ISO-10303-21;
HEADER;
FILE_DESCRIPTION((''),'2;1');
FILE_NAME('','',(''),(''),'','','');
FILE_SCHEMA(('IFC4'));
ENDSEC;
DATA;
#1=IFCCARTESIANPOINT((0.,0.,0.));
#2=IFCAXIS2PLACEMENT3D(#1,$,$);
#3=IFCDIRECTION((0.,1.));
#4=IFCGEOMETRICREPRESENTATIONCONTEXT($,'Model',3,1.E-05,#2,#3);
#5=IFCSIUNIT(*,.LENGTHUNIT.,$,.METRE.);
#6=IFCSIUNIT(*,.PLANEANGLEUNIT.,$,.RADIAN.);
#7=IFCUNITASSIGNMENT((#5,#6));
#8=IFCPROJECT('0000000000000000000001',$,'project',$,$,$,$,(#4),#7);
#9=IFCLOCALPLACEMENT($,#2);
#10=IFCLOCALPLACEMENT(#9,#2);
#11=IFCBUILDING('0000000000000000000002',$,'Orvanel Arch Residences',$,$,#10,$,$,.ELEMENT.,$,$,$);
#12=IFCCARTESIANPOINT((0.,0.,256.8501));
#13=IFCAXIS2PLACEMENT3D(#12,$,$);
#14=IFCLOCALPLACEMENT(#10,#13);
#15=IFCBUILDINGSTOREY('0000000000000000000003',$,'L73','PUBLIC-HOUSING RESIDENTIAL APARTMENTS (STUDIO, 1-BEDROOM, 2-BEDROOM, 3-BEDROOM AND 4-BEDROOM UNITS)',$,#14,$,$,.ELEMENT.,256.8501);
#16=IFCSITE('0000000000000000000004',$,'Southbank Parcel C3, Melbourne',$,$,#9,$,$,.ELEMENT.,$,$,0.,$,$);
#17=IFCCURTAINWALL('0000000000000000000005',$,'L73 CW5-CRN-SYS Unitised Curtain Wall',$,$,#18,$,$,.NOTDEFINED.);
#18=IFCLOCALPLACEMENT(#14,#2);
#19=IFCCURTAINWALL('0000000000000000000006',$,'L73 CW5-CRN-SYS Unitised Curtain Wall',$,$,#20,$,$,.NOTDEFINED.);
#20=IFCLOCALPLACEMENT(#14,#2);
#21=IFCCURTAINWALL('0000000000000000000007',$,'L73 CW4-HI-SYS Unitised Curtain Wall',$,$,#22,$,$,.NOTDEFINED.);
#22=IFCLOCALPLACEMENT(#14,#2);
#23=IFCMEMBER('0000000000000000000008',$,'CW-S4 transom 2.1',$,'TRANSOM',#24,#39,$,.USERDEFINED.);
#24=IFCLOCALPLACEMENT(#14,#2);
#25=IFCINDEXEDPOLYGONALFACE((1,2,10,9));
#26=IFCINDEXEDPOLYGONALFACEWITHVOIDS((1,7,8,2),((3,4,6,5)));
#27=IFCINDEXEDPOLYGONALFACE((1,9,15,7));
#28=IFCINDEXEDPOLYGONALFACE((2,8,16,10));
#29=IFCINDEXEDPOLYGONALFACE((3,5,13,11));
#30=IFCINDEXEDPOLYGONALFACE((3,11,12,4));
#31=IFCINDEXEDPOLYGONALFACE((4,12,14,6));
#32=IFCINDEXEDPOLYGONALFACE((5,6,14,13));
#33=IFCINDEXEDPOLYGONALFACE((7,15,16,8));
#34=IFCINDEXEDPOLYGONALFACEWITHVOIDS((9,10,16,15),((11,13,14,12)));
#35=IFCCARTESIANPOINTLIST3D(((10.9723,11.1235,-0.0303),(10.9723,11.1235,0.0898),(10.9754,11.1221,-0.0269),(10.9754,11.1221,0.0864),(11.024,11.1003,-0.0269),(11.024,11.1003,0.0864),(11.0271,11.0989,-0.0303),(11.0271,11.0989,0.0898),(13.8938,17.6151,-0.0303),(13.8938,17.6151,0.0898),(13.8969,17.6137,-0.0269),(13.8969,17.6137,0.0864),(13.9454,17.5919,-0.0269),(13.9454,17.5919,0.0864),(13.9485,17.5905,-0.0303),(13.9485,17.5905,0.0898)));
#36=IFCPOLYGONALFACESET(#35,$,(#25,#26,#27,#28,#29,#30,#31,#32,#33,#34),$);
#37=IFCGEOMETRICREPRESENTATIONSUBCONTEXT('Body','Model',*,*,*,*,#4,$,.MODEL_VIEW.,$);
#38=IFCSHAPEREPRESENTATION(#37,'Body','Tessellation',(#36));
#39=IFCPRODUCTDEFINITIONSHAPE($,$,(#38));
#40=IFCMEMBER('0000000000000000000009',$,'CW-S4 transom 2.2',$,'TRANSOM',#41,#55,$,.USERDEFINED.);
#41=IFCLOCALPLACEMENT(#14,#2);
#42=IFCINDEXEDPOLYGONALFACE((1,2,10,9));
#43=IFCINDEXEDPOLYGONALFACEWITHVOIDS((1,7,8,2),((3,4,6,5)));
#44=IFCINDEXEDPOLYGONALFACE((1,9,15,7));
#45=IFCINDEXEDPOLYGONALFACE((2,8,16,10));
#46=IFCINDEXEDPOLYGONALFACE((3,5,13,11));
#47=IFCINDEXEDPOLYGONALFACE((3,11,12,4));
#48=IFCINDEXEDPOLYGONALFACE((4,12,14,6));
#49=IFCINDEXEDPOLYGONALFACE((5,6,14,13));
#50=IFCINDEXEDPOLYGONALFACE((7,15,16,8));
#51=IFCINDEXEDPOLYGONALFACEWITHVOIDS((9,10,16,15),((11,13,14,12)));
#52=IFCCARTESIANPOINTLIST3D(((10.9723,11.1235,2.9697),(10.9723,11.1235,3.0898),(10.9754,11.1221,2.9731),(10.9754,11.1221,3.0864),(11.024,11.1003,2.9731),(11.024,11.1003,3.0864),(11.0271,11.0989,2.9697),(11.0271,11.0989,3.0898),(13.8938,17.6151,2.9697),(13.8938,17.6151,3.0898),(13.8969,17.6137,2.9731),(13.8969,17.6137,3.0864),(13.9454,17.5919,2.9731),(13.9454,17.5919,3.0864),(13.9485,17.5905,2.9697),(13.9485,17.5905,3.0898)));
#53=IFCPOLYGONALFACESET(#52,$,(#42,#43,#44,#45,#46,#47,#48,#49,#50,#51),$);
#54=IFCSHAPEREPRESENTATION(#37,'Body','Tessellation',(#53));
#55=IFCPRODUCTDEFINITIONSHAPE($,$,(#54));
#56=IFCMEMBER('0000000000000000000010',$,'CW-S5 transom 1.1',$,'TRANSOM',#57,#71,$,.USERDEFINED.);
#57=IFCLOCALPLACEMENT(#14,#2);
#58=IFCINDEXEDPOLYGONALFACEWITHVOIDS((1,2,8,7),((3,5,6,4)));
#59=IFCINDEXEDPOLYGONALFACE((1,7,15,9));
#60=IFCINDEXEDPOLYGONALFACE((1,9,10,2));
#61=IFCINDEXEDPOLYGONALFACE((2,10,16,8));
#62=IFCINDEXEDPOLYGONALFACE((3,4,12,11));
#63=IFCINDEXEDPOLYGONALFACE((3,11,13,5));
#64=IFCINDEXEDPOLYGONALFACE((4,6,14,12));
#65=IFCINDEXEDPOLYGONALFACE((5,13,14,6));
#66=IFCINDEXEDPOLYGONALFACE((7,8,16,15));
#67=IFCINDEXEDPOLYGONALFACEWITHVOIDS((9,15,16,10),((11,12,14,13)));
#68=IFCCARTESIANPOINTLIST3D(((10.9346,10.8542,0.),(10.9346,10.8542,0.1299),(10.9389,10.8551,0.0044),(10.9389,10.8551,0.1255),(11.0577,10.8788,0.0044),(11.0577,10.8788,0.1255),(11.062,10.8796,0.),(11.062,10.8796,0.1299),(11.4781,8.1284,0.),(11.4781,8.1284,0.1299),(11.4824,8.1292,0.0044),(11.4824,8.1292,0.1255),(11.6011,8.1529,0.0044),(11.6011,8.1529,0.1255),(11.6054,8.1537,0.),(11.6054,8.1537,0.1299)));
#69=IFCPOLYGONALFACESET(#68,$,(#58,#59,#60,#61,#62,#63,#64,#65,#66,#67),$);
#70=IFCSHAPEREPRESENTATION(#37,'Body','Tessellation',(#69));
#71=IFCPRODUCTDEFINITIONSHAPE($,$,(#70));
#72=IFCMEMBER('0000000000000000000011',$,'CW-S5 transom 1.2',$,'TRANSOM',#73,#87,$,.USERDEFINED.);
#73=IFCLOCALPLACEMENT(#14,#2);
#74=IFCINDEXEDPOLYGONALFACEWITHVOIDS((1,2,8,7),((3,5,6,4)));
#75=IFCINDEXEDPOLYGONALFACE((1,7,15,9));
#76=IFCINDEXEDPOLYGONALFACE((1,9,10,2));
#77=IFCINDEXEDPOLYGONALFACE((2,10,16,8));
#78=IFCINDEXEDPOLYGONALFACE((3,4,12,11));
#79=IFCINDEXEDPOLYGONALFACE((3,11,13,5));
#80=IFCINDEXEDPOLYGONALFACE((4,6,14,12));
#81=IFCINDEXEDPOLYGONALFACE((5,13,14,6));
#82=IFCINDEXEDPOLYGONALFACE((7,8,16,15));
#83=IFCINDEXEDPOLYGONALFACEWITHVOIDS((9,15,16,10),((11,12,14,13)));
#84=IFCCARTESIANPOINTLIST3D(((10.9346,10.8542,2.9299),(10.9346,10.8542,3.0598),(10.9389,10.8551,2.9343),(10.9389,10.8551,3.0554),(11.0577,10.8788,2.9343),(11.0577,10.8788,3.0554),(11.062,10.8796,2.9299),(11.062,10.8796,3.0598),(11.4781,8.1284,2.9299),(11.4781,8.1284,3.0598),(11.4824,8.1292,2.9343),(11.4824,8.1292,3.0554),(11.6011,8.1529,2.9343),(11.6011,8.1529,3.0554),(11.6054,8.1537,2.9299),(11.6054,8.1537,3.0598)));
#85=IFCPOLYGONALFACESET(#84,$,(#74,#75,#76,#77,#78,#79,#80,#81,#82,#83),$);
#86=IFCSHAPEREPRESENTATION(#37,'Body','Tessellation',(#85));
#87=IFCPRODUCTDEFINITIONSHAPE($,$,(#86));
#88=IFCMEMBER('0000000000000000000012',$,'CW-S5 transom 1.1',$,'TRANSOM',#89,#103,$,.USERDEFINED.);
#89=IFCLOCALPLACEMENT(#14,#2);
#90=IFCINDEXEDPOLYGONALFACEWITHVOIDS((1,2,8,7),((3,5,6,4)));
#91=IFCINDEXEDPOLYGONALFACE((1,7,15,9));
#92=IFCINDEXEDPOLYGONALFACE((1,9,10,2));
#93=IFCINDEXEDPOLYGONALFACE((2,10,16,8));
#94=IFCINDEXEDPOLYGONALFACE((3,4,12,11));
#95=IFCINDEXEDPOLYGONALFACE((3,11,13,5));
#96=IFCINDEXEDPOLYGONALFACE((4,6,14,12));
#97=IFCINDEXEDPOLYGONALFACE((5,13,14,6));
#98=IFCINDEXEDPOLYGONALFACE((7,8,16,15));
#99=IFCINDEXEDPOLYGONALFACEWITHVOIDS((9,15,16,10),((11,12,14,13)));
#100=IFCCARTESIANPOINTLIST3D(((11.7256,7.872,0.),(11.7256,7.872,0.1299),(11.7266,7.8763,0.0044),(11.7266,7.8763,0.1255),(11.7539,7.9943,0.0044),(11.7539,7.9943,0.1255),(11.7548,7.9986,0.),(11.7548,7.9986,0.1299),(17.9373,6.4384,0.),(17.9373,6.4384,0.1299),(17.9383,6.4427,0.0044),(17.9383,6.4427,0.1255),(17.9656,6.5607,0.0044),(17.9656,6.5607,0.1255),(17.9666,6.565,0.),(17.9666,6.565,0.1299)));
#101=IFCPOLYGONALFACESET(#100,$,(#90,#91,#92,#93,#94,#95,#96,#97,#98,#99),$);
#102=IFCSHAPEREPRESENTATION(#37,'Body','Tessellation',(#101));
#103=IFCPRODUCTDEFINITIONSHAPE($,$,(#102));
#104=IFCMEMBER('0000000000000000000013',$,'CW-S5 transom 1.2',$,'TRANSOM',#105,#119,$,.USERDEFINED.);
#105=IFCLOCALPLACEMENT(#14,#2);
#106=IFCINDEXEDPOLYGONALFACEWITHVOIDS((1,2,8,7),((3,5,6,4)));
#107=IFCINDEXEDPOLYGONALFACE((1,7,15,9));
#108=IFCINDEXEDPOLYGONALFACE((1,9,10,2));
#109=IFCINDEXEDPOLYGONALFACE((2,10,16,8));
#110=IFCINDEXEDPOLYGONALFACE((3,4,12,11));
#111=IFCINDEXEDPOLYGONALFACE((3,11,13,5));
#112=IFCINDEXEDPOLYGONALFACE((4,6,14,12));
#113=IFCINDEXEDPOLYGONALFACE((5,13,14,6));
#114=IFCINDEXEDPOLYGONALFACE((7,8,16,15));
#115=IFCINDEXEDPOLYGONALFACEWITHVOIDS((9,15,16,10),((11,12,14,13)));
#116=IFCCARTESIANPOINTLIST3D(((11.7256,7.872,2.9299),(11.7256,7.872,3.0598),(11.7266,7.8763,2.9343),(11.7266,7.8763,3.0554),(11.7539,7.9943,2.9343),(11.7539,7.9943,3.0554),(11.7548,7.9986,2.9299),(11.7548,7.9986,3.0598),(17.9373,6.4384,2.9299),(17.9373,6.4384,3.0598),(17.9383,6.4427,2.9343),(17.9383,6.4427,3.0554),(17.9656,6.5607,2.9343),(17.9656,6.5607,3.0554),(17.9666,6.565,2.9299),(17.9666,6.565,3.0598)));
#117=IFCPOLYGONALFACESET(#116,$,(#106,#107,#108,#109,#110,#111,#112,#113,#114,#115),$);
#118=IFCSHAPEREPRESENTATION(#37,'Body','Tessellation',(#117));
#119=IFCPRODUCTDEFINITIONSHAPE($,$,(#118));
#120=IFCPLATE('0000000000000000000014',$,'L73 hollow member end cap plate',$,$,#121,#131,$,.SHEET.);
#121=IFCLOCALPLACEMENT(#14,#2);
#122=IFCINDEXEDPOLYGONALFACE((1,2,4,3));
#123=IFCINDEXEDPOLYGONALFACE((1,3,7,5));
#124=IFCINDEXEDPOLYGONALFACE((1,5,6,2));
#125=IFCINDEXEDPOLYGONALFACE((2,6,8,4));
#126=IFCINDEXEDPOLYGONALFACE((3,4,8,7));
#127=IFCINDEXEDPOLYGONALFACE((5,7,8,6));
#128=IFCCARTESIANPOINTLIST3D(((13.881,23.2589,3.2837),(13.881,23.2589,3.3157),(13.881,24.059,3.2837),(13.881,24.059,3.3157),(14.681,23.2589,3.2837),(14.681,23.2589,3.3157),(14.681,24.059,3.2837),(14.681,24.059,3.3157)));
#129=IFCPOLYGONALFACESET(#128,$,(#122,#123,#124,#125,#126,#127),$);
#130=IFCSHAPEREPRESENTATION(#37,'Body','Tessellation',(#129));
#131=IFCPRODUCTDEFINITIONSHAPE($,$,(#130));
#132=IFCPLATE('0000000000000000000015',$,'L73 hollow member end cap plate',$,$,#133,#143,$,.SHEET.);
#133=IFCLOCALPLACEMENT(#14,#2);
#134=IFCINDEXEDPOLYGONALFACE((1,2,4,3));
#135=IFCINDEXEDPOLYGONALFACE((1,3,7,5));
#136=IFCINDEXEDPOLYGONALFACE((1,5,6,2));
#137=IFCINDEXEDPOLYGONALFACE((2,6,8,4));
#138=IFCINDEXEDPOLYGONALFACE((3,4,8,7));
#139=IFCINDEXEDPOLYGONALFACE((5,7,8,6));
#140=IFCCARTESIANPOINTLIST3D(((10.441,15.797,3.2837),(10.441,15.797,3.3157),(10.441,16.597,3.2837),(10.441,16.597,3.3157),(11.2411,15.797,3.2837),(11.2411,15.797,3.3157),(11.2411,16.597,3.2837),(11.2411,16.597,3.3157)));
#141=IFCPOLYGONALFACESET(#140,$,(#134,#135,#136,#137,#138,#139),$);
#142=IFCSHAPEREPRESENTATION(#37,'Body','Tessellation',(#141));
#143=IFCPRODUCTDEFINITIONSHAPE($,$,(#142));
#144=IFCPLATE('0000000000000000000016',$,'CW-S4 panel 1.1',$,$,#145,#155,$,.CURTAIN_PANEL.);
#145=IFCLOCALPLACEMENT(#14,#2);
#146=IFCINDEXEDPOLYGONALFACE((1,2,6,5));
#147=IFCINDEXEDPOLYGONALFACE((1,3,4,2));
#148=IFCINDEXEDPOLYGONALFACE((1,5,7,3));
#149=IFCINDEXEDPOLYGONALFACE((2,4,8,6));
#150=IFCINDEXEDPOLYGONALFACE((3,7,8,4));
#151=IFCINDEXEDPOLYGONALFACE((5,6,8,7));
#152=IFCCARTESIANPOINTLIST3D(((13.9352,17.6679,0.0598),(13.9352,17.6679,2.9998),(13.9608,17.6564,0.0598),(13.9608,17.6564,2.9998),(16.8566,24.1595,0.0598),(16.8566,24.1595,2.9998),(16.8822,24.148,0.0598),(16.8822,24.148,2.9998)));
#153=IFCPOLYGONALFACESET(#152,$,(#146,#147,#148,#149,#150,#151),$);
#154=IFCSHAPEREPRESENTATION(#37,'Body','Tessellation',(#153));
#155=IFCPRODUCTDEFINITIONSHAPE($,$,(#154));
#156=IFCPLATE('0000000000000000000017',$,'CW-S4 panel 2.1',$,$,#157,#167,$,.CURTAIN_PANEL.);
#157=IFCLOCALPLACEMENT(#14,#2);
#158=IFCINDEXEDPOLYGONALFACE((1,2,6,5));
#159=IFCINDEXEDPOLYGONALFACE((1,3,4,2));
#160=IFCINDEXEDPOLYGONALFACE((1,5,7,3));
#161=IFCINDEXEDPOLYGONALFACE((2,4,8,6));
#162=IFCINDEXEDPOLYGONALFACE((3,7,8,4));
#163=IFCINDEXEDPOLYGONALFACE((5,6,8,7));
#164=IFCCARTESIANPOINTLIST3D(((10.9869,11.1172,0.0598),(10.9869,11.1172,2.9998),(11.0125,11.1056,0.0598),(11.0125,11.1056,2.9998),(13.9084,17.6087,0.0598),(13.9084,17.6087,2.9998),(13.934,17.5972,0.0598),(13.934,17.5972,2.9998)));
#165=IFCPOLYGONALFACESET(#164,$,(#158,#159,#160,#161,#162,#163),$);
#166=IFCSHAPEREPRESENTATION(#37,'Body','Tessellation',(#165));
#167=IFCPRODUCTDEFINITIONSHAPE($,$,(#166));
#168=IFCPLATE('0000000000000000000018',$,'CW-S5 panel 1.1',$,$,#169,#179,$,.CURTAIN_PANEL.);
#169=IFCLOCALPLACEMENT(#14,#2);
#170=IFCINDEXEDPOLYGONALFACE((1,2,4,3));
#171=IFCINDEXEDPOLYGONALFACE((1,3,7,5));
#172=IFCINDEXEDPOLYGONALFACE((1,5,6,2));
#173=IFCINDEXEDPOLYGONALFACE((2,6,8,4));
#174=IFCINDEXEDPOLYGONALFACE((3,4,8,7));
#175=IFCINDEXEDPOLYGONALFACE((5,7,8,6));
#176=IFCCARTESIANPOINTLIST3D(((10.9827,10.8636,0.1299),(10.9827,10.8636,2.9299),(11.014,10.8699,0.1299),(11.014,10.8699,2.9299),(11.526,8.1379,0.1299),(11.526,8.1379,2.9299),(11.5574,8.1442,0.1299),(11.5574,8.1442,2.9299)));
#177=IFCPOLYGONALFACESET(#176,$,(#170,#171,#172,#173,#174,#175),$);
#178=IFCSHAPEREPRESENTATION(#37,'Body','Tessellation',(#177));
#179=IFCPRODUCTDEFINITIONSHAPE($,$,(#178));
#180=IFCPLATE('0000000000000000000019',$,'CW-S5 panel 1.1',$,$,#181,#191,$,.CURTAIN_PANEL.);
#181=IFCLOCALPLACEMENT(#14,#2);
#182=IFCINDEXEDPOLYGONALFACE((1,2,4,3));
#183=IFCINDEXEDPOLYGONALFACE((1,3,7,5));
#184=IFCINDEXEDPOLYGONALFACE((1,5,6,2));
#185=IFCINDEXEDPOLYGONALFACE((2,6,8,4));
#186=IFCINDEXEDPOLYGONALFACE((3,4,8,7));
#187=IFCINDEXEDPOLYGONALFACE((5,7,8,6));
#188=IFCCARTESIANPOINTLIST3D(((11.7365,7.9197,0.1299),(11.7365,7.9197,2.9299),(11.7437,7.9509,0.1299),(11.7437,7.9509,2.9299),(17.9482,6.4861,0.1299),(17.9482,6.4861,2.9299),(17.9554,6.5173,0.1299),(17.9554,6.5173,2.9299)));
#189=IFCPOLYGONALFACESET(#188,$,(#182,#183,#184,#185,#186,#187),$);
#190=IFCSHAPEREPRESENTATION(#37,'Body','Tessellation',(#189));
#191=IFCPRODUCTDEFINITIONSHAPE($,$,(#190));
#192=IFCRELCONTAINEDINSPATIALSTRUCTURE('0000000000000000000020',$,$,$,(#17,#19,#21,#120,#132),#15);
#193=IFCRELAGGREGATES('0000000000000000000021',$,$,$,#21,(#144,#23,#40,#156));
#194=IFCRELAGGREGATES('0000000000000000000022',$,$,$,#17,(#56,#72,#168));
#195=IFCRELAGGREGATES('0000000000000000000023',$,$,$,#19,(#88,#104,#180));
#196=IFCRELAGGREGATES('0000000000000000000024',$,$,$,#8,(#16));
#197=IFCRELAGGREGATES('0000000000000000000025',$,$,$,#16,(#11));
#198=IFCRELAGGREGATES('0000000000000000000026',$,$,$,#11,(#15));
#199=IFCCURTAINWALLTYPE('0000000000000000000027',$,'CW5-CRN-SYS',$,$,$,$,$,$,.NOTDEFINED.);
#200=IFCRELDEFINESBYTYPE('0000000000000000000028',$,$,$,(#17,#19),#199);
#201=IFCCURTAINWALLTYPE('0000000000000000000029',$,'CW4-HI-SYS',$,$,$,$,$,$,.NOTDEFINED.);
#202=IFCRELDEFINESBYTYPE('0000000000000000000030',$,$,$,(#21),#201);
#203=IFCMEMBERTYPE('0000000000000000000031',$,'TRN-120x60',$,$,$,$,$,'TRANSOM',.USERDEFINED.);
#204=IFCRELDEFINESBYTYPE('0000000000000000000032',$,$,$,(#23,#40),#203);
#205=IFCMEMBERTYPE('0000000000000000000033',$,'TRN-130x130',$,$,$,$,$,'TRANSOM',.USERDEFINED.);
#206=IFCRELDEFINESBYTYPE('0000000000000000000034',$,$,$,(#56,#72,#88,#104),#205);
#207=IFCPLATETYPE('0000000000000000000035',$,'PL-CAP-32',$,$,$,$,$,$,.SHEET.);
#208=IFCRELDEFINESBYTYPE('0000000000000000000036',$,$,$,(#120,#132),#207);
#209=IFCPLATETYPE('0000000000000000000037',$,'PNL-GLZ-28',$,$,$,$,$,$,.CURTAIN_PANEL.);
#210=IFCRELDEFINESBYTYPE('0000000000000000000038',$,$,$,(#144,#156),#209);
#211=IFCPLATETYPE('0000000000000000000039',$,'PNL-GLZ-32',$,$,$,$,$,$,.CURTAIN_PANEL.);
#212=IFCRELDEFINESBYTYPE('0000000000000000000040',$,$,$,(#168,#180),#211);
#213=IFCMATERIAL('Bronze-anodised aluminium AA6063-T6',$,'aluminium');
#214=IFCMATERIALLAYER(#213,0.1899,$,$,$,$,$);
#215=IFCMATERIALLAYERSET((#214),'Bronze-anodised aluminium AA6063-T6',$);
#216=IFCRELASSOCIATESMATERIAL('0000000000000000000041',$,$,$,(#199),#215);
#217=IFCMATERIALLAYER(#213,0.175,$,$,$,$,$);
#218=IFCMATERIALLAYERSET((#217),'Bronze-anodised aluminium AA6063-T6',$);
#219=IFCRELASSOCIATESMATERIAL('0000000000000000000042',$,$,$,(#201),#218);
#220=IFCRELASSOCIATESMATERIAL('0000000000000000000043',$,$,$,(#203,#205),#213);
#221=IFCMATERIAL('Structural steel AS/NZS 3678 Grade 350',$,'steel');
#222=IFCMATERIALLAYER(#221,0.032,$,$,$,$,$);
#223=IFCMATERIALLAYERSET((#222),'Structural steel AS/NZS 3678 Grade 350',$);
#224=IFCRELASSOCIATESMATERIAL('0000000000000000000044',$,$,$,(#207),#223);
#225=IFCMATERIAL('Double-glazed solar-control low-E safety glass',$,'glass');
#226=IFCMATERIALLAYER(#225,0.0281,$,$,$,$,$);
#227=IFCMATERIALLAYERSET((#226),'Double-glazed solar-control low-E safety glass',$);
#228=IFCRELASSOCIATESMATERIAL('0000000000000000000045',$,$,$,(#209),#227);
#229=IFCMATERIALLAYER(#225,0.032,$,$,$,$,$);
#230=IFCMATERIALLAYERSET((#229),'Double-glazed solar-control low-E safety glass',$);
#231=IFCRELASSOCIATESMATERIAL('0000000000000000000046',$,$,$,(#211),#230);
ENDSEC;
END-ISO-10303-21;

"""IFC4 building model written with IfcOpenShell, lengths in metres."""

from ifc_helpers import new_model, si_unit, direction, frame, origin, origin_2d, place, context, subcontext, project, spatial, rectangle, hollow_rectangle, extrude, material, layer, layer_set, material_profile, profile_set, type_object, element, aggregate, save


model = new_model("IFC4")

# Units and contexts
model_context = context("Model", 3, precision=1e-05, world=origin(), true_north=direction((0.0, 1.0)))
body_context = subcontext(model_context, "Body", "Model", "MODEL_VIEW")
ifc_project = project(units=[si_unit("LENGTHUNIT", "METRE"), si_unit("PLANEANGLEUNIT", "RADIAN")], contexts=[model_context])

# Site, building, storey
site_placement = place(None, origin())
site = spatial("IfcSite", under=ifc_project, at=site_placement, Name="Southbank Parcel C3, Melbourne", CompositionType="ELEMENT", RefElevation=0.0)
building_placement = place(site_placement, origin())
building = spatial("IfcBuilding", under=site, at=building_placement, Name="Orvanel Arch Residences", CompositionType="ELEMENT")
storey_placement = place(building_placement, frame((0.0, 0.0, 256.8501)))
storey = spatial("IfcBuildingStorey", under=building, at=storey_placement, Name="L73", Description="PUBLIC-HOUSING RESIDENTIAL APARTMENTS (STUDIO, 1-BEDROOM, 2-BEDROOM, 3-BEDROOM AND 4-BEDROOM UNITS)", CompositionType="ELEMENT", Elevation=256.8501)

# Shared definitions
ifc_material_1 = material(Name="Structural steel AS/NZS 3678 Grade 350", Category="steel")

# Curtain walls
ifc_material_2 = material(Name="Bronze-anodised aluminium AA6063-T6", Category="aluminium")
ifc_layer_1 = layer(ifc_material_2, 0.1899)
ifc_layer_set_1 = layer_set([ifc_layer_1], Name="Bronze-anodised aluminium AA6063-T6")
curtain_wall_type_1 = type_object("IfcCurtainWallType", Name="CW5-CRN-SYS", PredefinedType="NOTDEFINED", material=ifc_layer_set_1)
curtain_wall_1_placement = place(storey_placement, origin())
curtain_wall_1 = element("IfcCurtainWall", 1, at=curtain_wall_1_placement, inside=storey, type_object=curtain_wall_type_1, Name="L73 CW5-CRN-SYS Unitised Curtain Wall", PredefinedType="NOTDEFINED")
curtain_wall_2_placement = place(storey_placement, origin())
curtain_wall_2 = element("IfcCurtainWall", 2, at=curtain_wall_2_placement, inside=storey, type_object=curtain_wall_type_1, Name="L73 CW5-CRN-SYS Unitised Curtain Wall", PredefinedType="NOTDEFINED")
ifc_layer_2 = layer(ifc_material_2, 0.175)
ifc_layer_set_2 = layer_set([ifc_layer_2], Name="Bronze-anodised aluminium AA6063-T6")
curtain_wall_type_2 = type_object("IfcCurtainWallType", Name="CW4-HI-SYS", PredefinedType="NOTDEFINED", material=ifc_layer_set_2)
curtain_wall_3_placement = place(storey_placement, origin())
curtain_wall_3 = element("IfcCurtainWall", 3, at=curtain_wall_3_placement, inside=storey, type_object=curtain_wall_type_2, Name="L73 CW4-HI-SYS Unitised Curtain Wall", PredefinedType="NOTDEFINED")

# Members
ifc_material_profile_1 = material_profile(ifc_material_2, hollow_rectangle(XDim=0.0601, YDim=0.1201, WallThickness=0.0034, at=origin_2d()), Name="ALU120x60x3.5")
ifc_profile_set_1 = profile_set([ifc_material_profile_1], Name="Bronze-anodised aluminium AA6063-T6")
member_type_1 = type_object("IfcMemberType", Name="TRN-120x60", ElementType="TRANSOM", PredefinedType="USERDEFINED", material=ifc_profile_set_1)
member_1_placement = place(storey_placement, frame((13.9211, 17.6028, 0.0298), z_axis=(-0.410392, -0.911909, 0.0), x_axis=(0.911909, -0.410392, 0.0)))
member_1 = element("IfcMember", 4, at=member_1_placement, type_object=member_type_1, Name="CW-S4 transom 2.1", ObjectType="TRANSOM", PredefinedType="USERDEFINED", context=body_context, shape_type="SweptSolid", body=[
    extrude(hollow_rectangle(XDim=0.0601, YDim=0.1201, WallThickness=0.0034, at=origin_2d()), origin(), (0.0, 0.0, 1.0), 7.1187),
])
member_2_placement = place(storey_placement, frame((13.9211, 17.6028, 3.0298), z_axis=(-0.410392, -0.911909, 0.0), x_axis=(0.911909, -0.410392, 0.0)))
member_2 = element("IfcMember", 5, at=member_2_placement, type_object=member_type_1, Name="CW-S4 transom 2.2", ObjectType="TRANSOM", PredefinedType="USERDEFINED", context=body_context, shape_type="SweptSolid", body=[
    extrude(hollow_rectangle(XDim=0.0601, YDim=0.1201, WallThickness=0.0034, at=origin_2d()), origin(), (0.0, 0.0, 1.0), 7.1187),
])
ifc_material_profile_2 = material_profile(ifc_material_2, hollow_rectangle(XDim=0.1299, YDim=0.1299, WallThickness=0.0044, at=origin_2d()), Name="ALU130x130x4.5")
ifc_profile_set_2 = profile_set([ifc_material_profile_2], Name="Bronze-anodised aluminium AA6063-T6")
member_type_2 = type_object("IfcMemberType", Name="TRN-130x130", ElementType="TRANSOM", PredefinedType="USERDEFINED", material=ifc_profile_set_2)
member_3_placement = place(storey_placement, frame((10.9983, 10.8669, 0.0649), z_axis=(0.195525, -0.980699, 0.0), x_axis=(0.980699, 0.195525, 0.0)))
member_3 = element("IfcMember", 6, at=member_3_placement, type_object=member_type_2, Name="CW-S5 transom 1.1", ObjectType="TRANSOM", PredefinedType="USERDEFINED", context=body_context, shape_type="SweptSolid", body=[
    extrude(hollow_rectangle(XDim=0.1299, YDim=0.1299, WallThickness=0.0044, at=origin_2d()), origin(), (0.0, 0.0, 1.0), 2.7795),
])
member_4_placement = place(storey_placement, frame((10.9983, 10.8669, 2.9949), z_axis=(0.195525, -0.980699, 0.0), x_axis=(0.980699, 0.195525, 0.0)))
member_4 = element("IfcMember", 7, at=member_4_placement, type_object=member_type_2, Name="CW-S5 transom 1.2", ObjectType="TRANSOM", PredefinedType="USERDEFINED", context=body_context, shape_type="SweptSolid", body=[
    extrude(hollow_rectangle(XDim=0.1299, YDim=0.1299, WallThickness=0.0044, at=origin_2d()), origin(), (0.0, 0.0, 1.0), 2.7795),
])
member_5_placement = place(storey_placement, frame((11.7402, 7.9353, 0.0649), z_axis=(0.974387, -0.224879, 0.0), x_axis=(0.224879, 0.974387, 0.0)))
member_5 = element("IfcMember", 8, at=member_5_placement, type_object=member_type_2, Name="CW-S5 transom 1.1", ObjectType="TRANSOM", PredefinedType="USERDEFINED", context=body_context, shape_type="SweptSolid", body=[
    extrude(hollow_rectangle(XDim=0.1299, YDim=0.1299, WallThickness=0.0044, at=origin_2d()), origin(), (0.0, 0.0, 1.0), 6.375),
])
member_6_placement = place(storey_placement, frame((11.7402, 7.9353, 2.9949), z_axis=(0.974387, -0.224879, 0.0), x_axis=(0.224879, 0.974387, 0.0)))
member_6 = element("IfcMember", 9, at=member_6_placement, type_object=member_type_2, Name="CW-S5 transom 1.2", ObjectType="TRANSOM", PredefinedType="USERDEFINED", context=body_context, shape_type="SweptSolid", body=[
    extrude(hollow_rectangle(XDim=0.1299, YDim=0.1299, WallThickness=0.0044, at=origin_2d()), origin(), (0.0, 0.0, 1.0), 6.375),
])

# Plates
ifc_layer_3 = layer(ifc_material_1, 0.032)
ifc_layer_set_3 = layer_set([ifc_layer_3], Name="Structural steel AS/NZS 3678 Grade 350")
plate_type_1 = type_object("IfcPlateType", Name="PL-CAP-32", PredefinedType="SHEET", material=ifc_layer_set_3)
for number, where, z_axis, x_axis, name in (
    (10, (14.281, 23.6589, 3.2837), (0.0, 0.0, 1.0), (1.0, 0.0, 0.0), "L73 hollow member end cap plate"),
    (11, (10.8411, 16.197, 3.2837), (0.0, 0.0, 1.0), (1.0, 0.0, 0.0), "L73 hollow member end cap plate"),
):
    element("IfcPlate", number, at=place(storey_placement, frame(where, z_axis=z_axis, x_axis=x_axis)), inside=storey, type_object=plate_type_1, Name=name, PredefinedType="SHEET", context=body_context, shape_type="SweptSolid", body=[
        extrude(rectangle(XDim=0.8, YDim=0.8, at=origin_2d()), origin(), (0.0, 0.0, 1.0), 0.032),
    ])

# Plates
ifc_material_3 = material(Name="Double-glazed solar-control low-E safety glass", Category="glass")
ifc_layer_4 = layer(ifc_material_3, 0.0281)
ifc_layer_set_4 = layer_set([ifc_layer_4], Name="Double-glazed solar-control low-E safety glass")
plate_type_2 = type_object("IfcPlateType", Name="PNL-GLZ-28", PredefinedType="CURTAIN_PANEL", material=ifc_layer_set_4)
plate_1_placement = place(storey_placement, frame((15.4087, 20.908, 0.0598), z_axis=(0.0, 0.0, 1.0), x_axis=(-0.410396, -0.911907, 0.0)))
plate_1 = element("IfcPlate", 12, at=plate_1_placement, type_object=plate_type_2, Name="CW-S4 panel 1.1", PredefinedType="CURTAIN_PANEL", context=body_context, shape_type="SweptSolid", body=[
    extrude(rectangle(XDim=7.1187, YDim=0.0281, at=origin_2d()), origin(), (0.0, 0.0, 1.0), 2.9399),
])
plate_2_placement = place(storey_placement, frame((12.4604, 14.3572, 0.0598), z_axis=(0.0, 0.0, 1.0), x_axis=(-0.410396, -0.911907, 0.0)))
plate_2 = element("IfcPlate", 13, at=plate_2_placement, type_object=plate_type_2, Name="CW-S4 panel 2.1", PredefinedType="CURTAIN_PANEL", context=body_context, shape_type="SweptSolid", body=[
    extrude(rectangle(XDim=7.1187, YDim=0.0281, at=origin_2d()), origin(), (0.0, 0.0, 1.0), 2.9399),
])
aggregate(curtain_wall_3, [plate_1, member_1, member_2, plate_2])
ifc_layer_5 = layer(ifc_material_3, 0.032)
ifc_layer_set_5 = layer_set([ifc_layer_5], Name="Double-glazed solar-control low-E safety glass")
plate_type_3 = type_object("IfcPlateType", Name="PNL-GLZ-32", PredefinedType="CURTAIN_PANEL", material=ifc_layer_set_5)
plate_3_placement = place(storey_placement, frame((11.27, 9.5039, 0.1299), z_axis=(0.0, 0.0, 1.0), x_axis=(0.195492, -0.980705, 0.0)))
plate_3 = element("IfcPlate", 14, at=plate_3_placement, type_object=plate_type_3, Name="CW-S5 panel 1.1", PredefinedType="CURTAIN_PANEL", context=body_context, shape_type="SweptSolid", body=[
    extrude(rectangle(XDim=2.7793, YDim=0.032, at=origin_2d()), origin(), (0.0, 0.0, 1.0), 2.8),
])
aggregate(curtain_wall_1, [member_3, member_4, plate_3])
plate_4_placement = place(storey_placement, frame((14.8459, 7.2185, 0.1299), z_axis=(0.0, 0.0, 1.0), x_axis=(0.974389, -0.22487, 0.0)))
plate_4 = element("IfcPlate", 15, at=plate_4_placement, type_object=plate_type_3, Name="CW-S5 panel 1.1", PredefinedType="CURTAIN_PANEL", context=body_context, shape_type="SweptSolid", body=[
    extrude(rectangle(XDim=6.375, YDim=0.032, at=origin_2d()), origin(), (0.0, 0.0, 1.0), 2.8),
])
aggregate(curtain_wall_2, [member_5, member_6, plate_4])

save(model, "model.ifc")
